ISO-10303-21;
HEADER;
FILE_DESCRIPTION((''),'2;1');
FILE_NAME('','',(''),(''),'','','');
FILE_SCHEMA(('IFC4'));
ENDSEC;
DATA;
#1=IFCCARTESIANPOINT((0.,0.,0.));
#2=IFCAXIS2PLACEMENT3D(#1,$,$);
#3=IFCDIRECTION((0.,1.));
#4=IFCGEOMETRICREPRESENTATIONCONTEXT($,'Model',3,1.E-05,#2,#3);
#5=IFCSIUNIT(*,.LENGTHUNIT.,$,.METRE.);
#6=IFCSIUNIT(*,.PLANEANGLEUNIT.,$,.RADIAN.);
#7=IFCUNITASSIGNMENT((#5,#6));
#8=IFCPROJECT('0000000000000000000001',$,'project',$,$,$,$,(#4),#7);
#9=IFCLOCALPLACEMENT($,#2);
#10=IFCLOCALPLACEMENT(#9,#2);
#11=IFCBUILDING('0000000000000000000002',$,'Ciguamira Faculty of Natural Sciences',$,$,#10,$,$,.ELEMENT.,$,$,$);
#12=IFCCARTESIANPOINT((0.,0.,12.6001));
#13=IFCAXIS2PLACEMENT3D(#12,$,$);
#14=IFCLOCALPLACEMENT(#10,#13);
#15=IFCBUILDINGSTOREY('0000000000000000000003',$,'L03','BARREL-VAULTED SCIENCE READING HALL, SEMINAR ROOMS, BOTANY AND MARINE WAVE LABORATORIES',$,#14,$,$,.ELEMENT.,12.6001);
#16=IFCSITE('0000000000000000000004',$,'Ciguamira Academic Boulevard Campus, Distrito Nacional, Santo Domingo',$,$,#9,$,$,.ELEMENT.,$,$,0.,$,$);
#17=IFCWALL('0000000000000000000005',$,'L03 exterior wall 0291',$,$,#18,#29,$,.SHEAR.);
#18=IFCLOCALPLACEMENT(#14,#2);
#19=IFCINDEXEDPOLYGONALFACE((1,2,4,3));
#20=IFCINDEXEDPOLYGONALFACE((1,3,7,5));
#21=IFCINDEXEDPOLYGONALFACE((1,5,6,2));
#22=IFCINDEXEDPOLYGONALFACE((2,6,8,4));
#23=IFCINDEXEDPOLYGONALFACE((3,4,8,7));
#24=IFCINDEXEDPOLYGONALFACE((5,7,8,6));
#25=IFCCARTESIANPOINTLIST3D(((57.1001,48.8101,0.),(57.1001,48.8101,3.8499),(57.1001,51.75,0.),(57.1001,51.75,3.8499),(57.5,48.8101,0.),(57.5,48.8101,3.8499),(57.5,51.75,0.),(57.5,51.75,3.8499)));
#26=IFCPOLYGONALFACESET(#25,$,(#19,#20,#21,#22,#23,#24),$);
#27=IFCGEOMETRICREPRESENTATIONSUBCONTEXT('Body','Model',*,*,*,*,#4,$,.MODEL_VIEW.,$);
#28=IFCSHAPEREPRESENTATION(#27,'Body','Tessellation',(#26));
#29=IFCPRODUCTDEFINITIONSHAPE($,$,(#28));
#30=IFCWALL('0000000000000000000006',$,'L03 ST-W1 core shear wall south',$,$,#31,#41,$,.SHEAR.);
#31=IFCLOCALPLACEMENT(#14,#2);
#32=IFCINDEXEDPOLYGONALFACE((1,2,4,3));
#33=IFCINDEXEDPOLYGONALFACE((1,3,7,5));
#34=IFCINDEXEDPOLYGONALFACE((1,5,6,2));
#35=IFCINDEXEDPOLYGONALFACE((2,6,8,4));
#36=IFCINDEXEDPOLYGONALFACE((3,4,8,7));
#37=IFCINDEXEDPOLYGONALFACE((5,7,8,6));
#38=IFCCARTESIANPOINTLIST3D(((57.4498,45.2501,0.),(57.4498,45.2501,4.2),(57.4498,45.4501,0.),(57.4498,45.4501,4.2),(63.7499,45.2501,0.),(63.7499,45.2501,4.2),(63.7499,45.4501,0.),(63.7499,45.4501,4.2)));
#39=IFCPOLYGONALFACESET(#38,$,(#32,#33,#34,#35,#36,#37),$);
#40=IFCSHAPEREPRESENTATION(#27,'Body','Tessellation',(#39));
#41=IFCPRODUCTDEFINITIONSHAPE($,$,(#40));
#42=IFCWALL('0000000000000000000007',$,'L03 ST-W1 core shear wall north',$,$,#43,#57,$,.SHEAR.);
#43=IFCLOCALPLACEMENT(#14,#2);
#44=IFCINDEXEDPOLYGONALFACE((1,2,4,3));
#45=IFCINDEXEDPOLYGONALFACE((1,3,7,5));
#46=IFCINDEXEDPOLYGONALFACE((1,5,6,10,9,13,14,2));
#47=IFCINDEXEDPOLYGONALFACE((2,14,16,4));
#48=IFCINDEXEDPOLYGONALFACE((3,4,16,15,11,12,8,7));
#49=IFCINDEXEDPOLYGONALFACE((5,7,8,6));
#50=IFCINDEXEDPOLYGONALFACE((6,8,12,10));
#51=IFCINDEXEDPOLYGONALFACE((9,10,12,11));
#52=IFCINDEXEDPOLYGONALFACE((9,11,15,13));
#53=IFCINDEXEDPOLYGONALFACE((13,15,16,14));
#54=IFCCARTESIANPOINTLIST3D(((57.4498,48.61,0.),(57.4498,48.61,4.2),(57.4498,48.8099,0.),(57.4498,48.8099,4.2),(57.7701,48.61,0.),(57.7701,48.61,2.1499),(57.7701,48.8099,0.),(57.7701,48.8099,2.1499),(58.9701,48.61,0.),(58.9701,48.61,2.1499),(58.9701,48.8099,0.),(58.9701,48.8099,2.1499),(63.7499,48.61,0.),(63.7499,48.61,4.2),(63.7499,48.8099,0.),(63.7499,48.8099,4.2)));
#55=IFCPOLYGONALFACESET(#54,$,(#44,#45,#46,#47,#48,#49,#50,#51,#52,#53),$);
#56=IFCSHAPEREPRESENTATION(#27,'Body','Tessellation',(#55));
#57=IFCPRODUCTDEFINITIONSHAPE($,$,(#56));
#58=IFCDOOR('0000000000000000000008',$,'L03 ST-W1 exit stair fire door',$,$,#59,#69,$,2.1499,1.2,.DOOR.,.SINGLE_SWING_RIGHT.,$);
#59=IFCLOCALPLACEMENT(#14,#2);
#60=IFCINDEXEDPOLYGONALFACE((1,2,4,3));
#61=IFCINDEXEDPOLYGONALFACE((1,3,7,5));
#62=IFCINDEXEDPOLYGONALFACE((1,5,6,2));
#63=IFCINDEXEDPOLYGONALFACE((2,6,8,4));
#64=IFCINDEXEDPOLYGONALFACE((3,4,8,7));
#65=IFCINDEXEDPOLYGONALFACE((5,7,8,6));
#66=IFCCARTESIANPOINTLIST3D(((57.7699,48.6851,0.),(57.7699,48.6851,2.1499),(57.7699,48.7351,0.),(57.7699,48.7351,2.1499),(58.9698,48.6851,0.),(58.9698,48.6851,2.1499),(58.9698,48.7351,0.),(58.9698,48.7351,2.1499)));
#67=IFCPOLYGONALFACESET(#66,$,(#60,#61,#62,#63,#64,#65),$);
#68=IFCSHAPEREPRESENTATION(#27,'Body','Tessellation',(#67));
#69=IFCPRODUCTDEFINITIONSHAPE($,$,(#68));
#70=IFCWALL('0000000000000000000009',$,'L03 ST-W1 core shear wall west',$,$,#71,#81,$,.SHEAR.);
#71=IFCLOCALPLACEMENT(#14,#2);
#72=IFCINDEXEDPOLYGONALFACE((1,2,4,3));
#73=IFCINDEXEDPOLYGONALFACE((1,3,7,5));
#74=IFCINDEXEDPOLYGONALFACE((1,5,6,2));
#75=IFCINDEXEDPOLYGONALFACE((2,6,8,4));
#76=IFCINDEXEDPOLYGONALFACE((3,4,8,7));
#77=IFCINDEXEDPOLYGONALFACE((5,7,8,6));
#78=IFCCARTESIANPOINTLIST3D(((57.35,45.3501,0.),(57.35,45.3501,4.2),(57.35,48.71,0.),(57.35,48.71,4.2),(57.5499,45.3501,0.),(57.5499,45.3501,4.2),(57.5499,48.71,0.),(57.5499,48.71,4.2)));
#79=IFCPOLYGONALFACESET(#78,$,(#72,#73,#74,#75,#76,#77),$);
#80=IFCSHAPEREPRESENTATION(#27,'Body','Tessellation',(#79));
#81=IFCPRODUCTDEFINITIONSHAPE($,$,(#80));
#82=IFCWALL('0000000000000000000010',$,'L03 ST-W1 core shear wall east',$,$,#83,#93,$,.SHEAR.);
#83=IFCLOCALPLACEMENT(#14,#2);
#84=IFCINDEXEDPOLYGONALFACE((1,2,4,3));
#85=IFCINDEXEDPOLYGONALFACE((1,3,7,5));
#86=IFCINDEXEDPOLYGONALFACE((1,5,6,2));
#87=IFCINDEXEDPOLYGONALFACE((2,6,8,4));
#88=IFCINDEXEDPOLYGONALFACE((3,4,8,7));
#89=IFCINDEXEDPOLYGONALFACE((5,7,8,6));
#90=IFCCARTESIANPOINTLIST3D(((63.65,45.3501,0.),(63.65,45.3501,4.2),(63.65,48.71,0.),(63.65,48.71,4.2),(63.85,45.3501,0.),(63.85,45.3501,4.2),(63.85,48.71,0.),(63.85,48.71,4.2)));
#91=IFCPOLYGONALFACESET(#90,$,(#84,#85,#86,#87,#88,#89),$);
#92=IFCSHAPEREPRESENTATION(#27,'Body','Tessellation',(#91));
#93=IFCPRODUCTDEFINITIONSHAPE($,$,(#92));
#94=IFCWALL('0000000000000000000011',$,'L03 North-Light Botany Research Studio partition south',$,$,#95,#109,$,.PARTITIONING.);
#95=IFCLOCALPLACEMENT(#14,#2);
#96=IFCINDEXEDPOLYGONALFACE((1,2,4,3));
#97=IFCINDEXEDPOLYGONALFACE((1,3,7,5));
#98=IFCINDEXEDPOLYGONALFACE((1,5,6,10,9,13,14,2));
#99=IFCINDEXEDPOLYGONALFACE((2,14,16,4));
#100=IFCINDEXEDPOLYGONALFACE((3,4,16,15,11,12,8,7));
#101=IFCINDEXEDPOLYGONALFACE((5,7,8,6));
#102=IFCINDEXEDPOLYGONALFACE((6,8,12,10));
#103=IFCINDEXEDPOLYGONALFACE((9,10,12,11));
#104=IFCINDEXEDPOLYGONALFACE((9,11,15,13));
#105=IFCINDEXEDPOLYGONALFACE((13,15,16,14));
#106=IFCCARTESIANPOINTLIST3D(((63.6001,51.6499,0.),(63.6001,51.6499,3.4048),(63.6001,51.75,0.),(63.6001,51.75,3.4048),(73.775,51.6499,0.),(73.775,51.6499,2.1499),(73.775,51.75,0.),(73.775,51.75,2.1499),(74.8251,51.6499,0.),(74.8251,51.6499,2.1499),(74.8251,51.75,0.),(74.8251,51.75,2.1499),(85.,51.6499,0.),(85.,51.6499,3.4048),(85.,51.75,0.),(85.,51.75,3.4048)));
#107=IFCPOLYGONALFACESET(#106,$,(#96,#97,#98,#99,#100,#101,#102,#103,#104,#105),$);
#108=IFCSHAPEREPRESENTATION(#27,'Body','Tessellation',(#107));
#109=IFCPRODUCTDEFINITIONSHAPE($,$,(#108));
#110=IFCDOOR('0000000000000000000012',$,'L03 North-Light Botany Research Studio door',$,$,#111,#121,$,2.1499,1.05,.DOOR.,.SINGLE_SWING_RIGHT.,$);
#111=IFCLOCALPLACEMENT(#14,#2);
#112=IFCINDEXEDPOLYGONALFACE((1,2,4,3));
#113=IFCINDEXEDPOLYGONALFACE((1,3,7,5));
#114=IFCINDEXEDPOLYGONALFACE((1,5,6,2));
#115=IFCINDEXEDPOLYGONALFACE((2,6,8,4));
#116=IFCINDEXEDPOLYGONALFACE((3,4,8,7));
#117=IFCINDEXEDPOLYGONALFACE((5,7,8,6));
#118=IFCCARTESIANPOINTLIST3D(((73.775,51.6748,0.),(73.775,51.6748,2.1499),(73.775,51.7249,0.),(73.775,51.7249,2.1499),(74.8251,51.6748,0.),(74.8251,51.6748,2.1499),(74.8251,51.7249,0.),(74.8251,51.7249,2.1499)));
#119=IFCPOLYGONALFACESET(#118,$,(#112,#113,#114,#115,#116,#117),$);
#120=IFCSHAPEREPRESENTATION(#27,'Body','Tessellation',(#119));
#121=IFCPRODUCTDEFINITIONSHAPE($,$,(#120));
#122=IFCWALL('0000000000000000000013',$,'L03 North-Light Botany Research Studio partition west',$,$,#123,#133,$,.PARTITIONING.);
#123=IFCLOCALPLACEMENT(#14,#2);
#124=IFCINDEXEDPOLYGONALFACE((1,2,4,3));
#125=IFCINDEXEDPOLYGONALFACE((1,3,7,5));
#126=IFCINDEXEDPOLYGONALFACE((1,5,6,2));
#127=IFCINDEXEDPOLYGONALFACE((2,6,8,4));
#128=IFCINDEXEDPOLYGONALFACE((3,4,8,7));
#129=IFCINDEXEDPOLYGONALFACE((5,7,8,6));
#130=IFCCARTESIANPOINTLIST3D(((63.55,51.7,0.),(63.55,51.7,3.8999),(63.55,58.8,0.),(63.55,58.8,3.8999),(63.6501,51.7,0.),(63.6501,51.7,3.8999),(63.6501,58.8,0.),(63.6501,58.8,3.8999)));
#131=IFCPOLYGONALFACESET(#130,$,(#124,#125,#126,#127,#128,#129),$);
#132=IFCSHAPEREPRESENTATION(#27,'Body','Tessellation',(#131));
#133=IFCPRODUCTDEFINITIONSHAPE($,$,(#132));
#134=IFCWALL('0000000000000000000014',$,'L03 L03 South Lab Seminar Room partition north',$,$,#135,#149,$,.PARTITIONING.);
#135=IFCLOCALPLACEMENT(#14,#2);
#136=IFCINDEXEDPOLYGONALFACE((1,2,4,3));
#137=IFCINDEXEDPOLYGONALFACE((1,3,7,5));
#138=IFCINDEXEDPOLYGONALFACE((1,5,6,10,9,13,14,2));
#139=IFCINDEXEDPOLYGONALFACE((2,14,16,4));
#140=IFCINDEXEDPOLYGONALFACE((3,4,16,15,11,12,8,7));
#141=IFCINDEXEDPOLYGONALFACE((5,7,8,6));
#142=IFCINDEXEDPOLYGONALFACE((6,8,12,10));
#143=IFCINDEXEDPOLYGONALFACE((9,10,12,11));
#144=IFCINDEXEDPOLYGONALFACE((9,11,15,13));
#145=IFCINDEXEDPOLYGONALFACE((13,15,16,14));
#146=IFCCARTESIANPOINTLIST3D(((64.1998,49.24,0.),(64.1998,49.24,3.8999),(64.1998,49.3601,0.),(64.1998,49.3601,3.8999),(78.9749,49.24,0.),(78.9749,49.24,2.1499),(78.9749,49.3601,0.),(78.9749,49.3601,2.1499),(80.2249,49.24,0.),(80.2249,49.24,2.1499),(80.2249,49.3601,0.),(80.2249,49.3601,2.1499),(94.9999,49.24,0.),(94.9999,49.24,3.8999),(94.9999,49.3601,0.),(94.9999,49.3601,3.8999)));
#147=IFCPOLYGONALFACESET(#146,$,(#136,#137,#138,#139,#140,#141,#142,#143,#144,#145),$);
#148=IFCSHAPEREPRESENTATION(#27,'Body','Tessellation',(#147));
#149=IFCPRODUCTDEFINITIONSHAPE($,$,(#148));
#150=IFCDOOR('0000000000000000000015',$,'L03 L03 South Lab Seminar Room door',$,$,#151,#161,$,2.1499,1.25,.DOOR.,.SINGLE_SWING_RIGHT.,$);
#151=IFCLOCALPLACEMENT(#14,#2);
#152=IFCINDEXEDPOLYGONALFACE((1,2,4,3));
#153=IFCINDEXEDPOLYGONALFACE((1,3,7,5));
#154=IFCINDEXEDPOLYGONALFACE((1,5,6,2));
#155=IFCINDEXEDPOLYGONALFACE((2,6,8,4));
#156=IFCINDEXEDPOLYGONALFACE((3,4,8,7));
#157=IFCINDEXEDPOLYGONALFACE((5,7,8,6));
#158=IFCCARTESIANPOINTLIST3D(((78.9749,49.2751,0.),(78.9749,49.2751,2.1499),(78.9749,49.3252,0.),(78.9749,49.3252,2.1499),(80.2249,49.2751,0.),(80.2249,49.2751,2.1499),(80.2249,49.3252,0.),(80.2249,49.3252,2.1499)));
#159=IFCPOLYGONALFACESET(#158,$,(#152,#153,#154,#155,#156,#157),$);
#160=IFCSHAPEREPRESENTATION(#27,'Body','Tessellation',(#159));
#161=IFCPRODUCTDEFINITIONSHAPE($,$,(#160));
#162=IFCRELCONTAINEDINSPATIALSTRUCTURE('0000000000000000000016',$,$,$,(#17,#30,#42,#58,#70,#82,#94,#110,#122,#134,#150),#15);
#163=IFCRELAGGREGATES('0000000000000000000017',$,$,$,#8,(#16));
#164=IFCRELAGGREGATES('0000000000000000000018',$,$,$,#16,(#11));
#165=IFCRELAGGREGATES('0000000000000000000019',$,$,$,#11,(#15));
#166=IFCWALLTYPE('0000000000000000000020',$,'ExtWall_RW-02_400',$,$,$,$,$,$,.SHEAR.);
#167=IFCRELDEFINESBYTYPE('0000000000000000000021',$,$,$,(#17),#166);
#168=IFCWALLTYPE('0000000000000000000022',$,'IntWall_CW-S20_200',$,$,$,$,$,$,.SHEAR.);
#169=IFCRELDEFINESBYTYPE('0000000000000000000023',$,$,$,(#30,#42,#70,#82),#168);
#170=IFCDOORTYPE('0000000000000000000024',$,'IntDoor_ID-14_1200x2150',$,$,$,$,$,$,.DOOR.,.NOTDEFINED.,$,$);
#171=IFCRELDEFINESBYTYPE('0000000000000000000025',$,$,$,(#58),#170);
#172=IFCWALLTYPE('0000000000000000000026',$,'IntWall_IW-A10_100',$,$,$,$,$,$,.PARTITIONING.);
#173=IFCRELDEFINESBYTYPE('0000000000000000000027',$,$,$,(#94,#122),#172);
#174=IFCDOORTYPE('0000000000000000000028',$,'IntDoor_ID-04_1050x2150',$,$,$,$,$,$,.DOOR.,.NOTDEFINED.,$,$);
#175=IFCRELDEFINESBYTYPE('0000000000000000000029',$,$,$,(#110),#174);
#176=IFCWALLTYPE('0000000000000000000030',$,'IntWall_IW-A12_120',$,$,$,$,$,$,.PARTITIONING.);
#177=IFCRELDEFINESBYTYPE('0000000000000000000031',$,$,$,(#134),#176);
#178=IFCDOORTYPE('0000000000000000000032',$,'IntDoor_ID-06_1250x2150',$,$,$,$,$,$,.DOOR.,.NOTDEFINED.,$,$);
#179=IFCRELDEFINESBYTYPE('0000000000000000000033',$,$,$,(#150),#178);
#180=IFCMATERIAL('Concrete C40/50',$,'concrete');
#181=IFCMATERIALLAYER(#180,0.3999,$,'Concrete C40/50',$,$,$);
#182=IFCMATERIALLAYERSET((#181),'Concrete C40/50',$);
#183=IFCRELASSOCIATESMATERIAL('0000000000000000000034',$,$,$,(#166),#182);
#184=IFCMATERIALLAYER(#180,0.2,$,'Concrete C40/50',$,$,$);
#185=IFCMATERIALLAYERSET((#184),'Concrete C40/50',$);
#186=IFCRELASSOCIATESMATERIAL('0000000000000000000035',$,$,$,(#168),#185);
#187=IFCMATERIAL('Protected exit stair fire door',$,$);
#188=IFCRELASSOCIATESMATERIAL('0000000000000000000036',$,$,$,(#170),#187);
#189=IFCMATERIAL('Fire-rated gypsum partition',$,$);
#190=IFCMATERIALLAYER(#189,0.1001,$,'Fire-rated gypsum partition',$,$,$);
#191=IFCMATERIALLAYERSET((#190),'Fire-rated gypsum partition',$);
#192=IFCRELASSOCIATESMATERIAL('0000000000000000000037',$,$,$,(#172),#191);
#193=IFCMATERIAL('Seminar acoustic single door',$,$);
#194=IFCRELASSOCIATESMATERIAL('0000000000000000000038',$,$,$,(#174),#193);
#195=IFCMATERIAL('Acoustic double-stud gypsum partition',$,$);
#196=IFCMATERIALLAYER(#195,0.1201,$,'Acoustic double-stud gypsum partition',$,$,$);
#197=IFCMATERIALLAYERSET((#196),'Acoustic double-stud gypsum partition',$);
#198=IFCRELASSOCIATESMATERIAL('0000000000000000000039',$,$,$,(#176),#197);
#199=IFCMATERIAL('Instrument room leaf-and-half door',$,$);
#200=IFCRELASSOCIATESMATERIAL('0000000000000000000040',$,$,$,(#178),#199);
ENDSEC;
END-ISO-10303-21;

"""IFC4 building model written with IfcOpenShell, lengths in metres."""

from ifc_helpers import new_model, si_unit, direction, frame, frame_2d, origin, place, context, subcontext, project, spatial, rectangle, extrude, material, layer, layer_set, type_object, element, fill, save


model = new_model("IFC4")

# Units and contexts
model_context = context("Model", 3, precision=1e-05, world=origin(), true_north=direction((0.0, 1.0)))
body_context = subcontext(model_context, "Body", "Model", "MODEL_VIEW")
ifc_project = project(units=[si_unit("LENGTHUNIT", "METRE"), si_unit("PLANEANGLEUNIT", "RADIAN")], contexts=[model_context])

# Site, building, storey
site_placement = place(None, origin())
site = spatial("IfcSite", under=ifc_project, at=site_placement, Name="Ciguamira Academic Boulevard Campus, Distrito Nacional, Santo Domingo", CompositionType="ELEMENT", RefElevation=0.0)
building_placement = place(site_placement, origin())
building = spatial("IfcBuilding", under=site, at=building_placement, Name="Ciguamira Faculty of Natural Sciences", CompositionType="ELEMENT")
storey_placement = place(building_placement, frame((0.0, 0.0, 12.6001)))
storey = spatial("IfcBuildingStorey", under=building, at=storey_placement, Name="L03", Description="BARREL-VAULTED SCIENCE READING HALL, SEMINAR ROOMS, BOTANY AND MARINE WAVE LABORATORIES", CompositionType="ELEMENT", Elevation=12.6001)

# Shared definitions
ifc_material_1 = material(Name="Concrete C40/50", Category="concrete")

# Walls
ifc_layer_1 = layer(ifc_material_1, 0.3999, Name="Concrete C40/50")
ifc_layer_set_1 = layer_set([ifc_layer_1], Name="Concrete C40/50")
wall_type_1 = type_object("IfcWallType", Name="ExtWall_RW-02_400", PredefinedType="SHEAR", material=ifc_layer_set_1)
wall_1_placement = place(storey_placement, frame((57.3, 48.8101, 0.0), z_axis=(0.0, 0.0, 1.0), x_axis=(0.0, 1.0, 0.0)))
element("IfcWall", 1, at=wall_1_placement, inside=storey, type_object=wall_type_1, Name="L03 exterior wall 0291", PredefinedType="SHEAR", context=body_context, shape_type="SweptSolid", body=[
    extrude(rectangle(XDim=2.9399, YDim=0.3999, at=frame_2d((1.47, 0.0))), origin(), (0.0, 0.0, 1.0), 3.8499),
])
ifc_layer_2 = layer(ifc_material_1, 0.2, Name="Concrete C40/50")
ifc_layer_set_2 = layer_set([ifc_layer_2], Name="Concrete C40/50")
wall_type_2 = type_object("IfcWallType", Name="IntWall_CW-S20_200", PredefinedType="SHEAR", material=ifc_layer_set_2)
wall_2_placement = place(storey_placement, frame((57.45, 45.3501, 0.0), z_axis=(0.0, 0.0, 1.0), x_axis=(1.0, 0.0, 0.0)))
element("IfcWall", 2, at=wall_2_placement, inside=storey, type_object=wall_type_2, Name="L03 ST-W1 core shear wall south", PredefinedType="SHEAR", context=body_context, shape_type="SweptSolid", body=[
    extrude(rectangle(XDim=6.3, YDim=0.2, at=frame_2d((3.1499, 0.0))), origin(), (0.0, 0.0, 1.0), 4.2),
])

# Wall, opening, door
wall_3_placement = place(storey_placement, frame((57.45, 48.71, 0.0), z_axis=(0.0, 0.0, 1.0), x_axis=(1.0, 0.0, 0.0)))
wall_3 = element("IfcWall", 3, at=wall_3_placement, inside=storey, type_object=wall_type_2, Name="L03 ST-W1 core shear wall north", PredefinedType="SHEAR", context=body_context, shape_type="SweptSolid", body=[
    extrude(rectangle(XDim=6.3, YDim=0.2, at=frame_2d((3.1499, 0.0))), origin(), (0.0, 0.0, 1.0), 4.2),
])
opening_1_placement = place(wall_3_placement, frame((0.3201, 0.0, 0.0)))
opening_1 = element("IfcOpeningElement", 4, at=opening_1_placement, cuts=wall_3, PredefinedType="OPENING", context=body_context, shape_type="SweptSolid", body=[
    extrude(rectangle(XDim=1.2, YDim=2.1499, at=frame_2d((0.6001, 1.075))), frame((0.0, 0.1099, 0.0), z_axis=(0.0, -1.0, 0.0), x_axis=(1.0, 0.0, 0.0)), (0.0, 0.0, 1.0), 0.22),
])
ifc_material_2 = material(Name="Protected exit stair fire door")
door_type_1 = type_object("IfcDoorType", Name="IntDoor_ID-14_1200x2150", OperationType="NOTDEFINED", PredefinedType="DOOR", material=ifc_material_2)
door_1_placement = place(opening_1_placement, frame((1.2, 0.0, 0.0), z_axis=(0.0, 0.0, 1.0), x_axis=(-1.0, 0.0, 0.0)))
door_1 = element("IfcDoor", 5, at=door_1_placement, inside=storey, type_object=door_type_1, Name="L03 ST-W1 exit stair fire door", OperationType="SINGLE_SWING_RIGHT", OverallHeight=2.1499, OverallWidth=1.2, PredefinedType="DOOR", context=body_context, shape_type="SweptSolid", body=[
    extrude(rectangle(XDim=1.2, YDim=2.1499, at=frame_2d((0.6001, 1.075))), frame((0.0, 0.0249, 0.0), z_axis=(0.0, -1.0, 0.0), x_axis=(1.0, 0.0, 0.0)), (0.0, 0.0, 1.0), 0.05),
])
fill(opening_1, door_1)

# Walls
for number, where, z_axis, x_axis, name in (
    (6, (57.45, 45.3501, 0.0), (0.0, 0.0, 1.0), (0.0, 1.0, 0.0), "L03 ST-W1 core shear wall west"),
    (7, (63.75, 45.3501, 0.0), (0.0, 0.0, 1.0), (0.0, 1.0, 0.0), "L03 ST-W1 core shear wall east"),
):
    element("IfcWall", number, at=place(storey_placement, frame(where, z_axis=z_axis, x_axis=x_axis)), inside=storey, type_object=wall_type_2, Name=name, PredefinedType="SHEAR", context=body_context, shape_type="SweptSolid", body=[
        extrude(rectangle(XDim=3.3599, YDim=0.2, at=frame_2d((1.6799, 0.0))), origin(), (0.0, 0.0, 1.0), 4.2),
    ])

# Wall, opening, door
ifc_material_3 = material(Name="Fire-rated gypsum partition")
ifc_layer_3 = layer(ifc_material_3, 0.1001, Name="Fire-rated gypsum partition")
ifc_layer_set_3 = layer_set([ifc_layer_3], Name="Fire-rated gypsum partition")
wall_type_3 = type_object("IfcWallType", Name="IntWall_IW-A10_100", PredefinedType="PARTITIONING", material=ifc_layer_set_3)
wall_4_placement = place(storey_placement, frame((63.6001, 51.7, 0.0), z_axis=(0.0, 0.0, 1.0), x_axis=(1.0, 0.0, 0.0)))
wall_4 = element("IfcWall", 8, at=wall_4_placement, inside=storey, type_object=wall_type_3, Name="L03 North-Light Botany Research Studio partition south", PredefinedType="PARTITIONING", context=body_context, shape_type="SweptSolid", body=[
    extrude(rectangle(XDim=21.3999, YDim=0.1001, at=frame_2d((10.7, 0.0))), origin(), (0.0, 0.0, 1.0), 3.4048),
])
opening_2_placement = place(wall_4_placement, frame((10.175, 0.0, 0.0)))
opening_2 = element("IfcOpeningElement", 9, at=opening_2_placement, cuts=wall_4, PredefinedType="OPENING", context=body_context, shape_type="SweptSolid", body=[
    extrude(rectangle(XDim=1.05, YDim=2.1499, at=frame_2d((0.5249, 1.075))), frame((0.0, 0.0601, 0.0), z_axis=(0.0, -1.0, 0.0), x_axis=(1.0, 0.0, 0.0)), (0.0, 0.0, 1.0), 0.1201),
])
ifc_material_4 = material(Name="Seminar acoustic single door")
door_type_2 = type_object("IfcDoorType", Name="IntDoor_ID-04_1050x2150", OperationType="NOTDEFINED", PredefinedType="DOOR", material=ifc_material_4)
door_2_placement = place(opening_2_placement, origin())
door_2 = element("IfcDoor", 10, at=door_2_placement, inside=storey, type_object=door_type_2, Name="L03 North-Light Botany Research Studio door", OperationType="SINGLE_SWING_RIGHT", OverallHeight=2.1499, OverallWidth=1.05, PredefinedType="DOOR", context=body_context, shape_type="SweptSolid", body=[
    extrude(rectangle(XDim=1.05, YDim=2.1499, at=frame_2d((0.5249, 1.075))), frame((0.0, 0.0249, 0.0), z_axis=(0.0, -1.0, 0.0), x_axis=(1.0, 0.0, 0.0)), (0.0, 0.0, 1.0), 0.05),
])
fill(opening_2, door_2)

# Wall
wall_5_placement = place(storey_placement, frame((63.6001, 51.7, 0.0), z_axis=(0.0, 0.0, 1.0), x_axis=(0.0, 1.0, 0.0)))
element("IfcWall", 11, at=wall_5_placement, inside=storey, type_object=wall_type_3, Name="L03 North-Light Botany Research Studio partition west", PredefinedType="PARTITIONING", context=body_context, shape_type="SweptSolid", body=[
    extrude(rectangle(XDim=7.1001, YDim=0.1001, at=frame_2d((3.55, 0.0))), origin(), (0.0, 0.0, 1.0), 3.8999),
])

# Wall, opening, door
ifc_material_5 = material(Name="Acoustic double-stud gypsum partition")
ifc_layer_4 = layer(ifc_material_5, 0.1201, Name="Acoustic double-stud gypsum partition")
ifc_layer_set_4 = layer_set([ifc_layer_4], Name="Acoustic double-stud gypsum partition")
wall_type_4 = type_object("IfcWallType", Name="IntWall_IW-A12_120", PredefinedType="PARTITIONING", material=ifc_layer_set_4)
wall_6_placement = place(storey_placement, frame((64.2, 49.3, 0.0), z_axis=(0.0, 0.0, 1.0), x_axis=(1.0, 0.0, 0.0)))
wall_6 = element("IfcWall", 12, at=wall_6_placement, inside=storey, type_object=wall_type_4, Name="L03 L03 South Lab Seminar Room partition north", PredefinedType="PARTITIONING", context=body_context, shape_type="SweptSolid", body=[
    extrude(rectangle(XDim=30.8, YDim=0.1201, at=frame_2d((15.3999, 0.0))), origin(), (0.0, 0.0, 1.0), 3.8999),
])
opening_3_placement = place(wall_6_placement, frame((14.7749, 0.0, 0.0)))
opening_3 = element("IfcOpeningElement", 13, at=opening_3_placement, cuts=wall_6, PredefinedType="OPENING", context=body_context, shape_type="SweptSolid", body=[
    extrude(rectangle(XDim=1.25, YDim=2.1499, at=frame_2d((0.625, 1.075))), frame((0.0, 0.0701, 0.0), z_axis=(0.0, -1.0, 0.0), x_axis=(1.0, 0.0, 0.0)), (0.0, 0.0, 1.0), 0.1401),
])
ifc_material_6 = material(Name="Instrument room leaf-and-half door")
door_type_3 = type_object("IfcDoorType", Name="IntDoor_ID-06_1250x2150", OperationType="NOTDEFINED", PredefinedType="DOOR", material=ifc_material_6)
door_3_placement = place(opening_3_placement, frame((1.25, 0.0, 0.0), z_axis=(0.0, 0.0, 1.0), x_axis=(-1.0, 0.0, 0.0)))
door_3 = element("IfcDoor", 14, at=door_3_placement, inside=storey, type_object=door_type_3, Name="L03 L03 South Lab Seminar Room door", OperationType="SINGLE_SWING_RIGHT", OverallHeight=2.1499, OverallWidth=1.25, PredefinedType="DOOR", context=body_context, shape_type="SweptSolid", body=[
    extrude(rectangle(XDim=1.25, YDim=2.1499, at=frame_2d((0.625, 1.075))), frame((0.0, 0.0249, 0.0), z_axis=(0.0, -1.0, 0.0), x_axis=(1.0, 0.0, 0.0)), (0.0, 0.0, 1.0), 0.05),
])
fill(opening_3, door_3)

save(model, "model.ifc")
